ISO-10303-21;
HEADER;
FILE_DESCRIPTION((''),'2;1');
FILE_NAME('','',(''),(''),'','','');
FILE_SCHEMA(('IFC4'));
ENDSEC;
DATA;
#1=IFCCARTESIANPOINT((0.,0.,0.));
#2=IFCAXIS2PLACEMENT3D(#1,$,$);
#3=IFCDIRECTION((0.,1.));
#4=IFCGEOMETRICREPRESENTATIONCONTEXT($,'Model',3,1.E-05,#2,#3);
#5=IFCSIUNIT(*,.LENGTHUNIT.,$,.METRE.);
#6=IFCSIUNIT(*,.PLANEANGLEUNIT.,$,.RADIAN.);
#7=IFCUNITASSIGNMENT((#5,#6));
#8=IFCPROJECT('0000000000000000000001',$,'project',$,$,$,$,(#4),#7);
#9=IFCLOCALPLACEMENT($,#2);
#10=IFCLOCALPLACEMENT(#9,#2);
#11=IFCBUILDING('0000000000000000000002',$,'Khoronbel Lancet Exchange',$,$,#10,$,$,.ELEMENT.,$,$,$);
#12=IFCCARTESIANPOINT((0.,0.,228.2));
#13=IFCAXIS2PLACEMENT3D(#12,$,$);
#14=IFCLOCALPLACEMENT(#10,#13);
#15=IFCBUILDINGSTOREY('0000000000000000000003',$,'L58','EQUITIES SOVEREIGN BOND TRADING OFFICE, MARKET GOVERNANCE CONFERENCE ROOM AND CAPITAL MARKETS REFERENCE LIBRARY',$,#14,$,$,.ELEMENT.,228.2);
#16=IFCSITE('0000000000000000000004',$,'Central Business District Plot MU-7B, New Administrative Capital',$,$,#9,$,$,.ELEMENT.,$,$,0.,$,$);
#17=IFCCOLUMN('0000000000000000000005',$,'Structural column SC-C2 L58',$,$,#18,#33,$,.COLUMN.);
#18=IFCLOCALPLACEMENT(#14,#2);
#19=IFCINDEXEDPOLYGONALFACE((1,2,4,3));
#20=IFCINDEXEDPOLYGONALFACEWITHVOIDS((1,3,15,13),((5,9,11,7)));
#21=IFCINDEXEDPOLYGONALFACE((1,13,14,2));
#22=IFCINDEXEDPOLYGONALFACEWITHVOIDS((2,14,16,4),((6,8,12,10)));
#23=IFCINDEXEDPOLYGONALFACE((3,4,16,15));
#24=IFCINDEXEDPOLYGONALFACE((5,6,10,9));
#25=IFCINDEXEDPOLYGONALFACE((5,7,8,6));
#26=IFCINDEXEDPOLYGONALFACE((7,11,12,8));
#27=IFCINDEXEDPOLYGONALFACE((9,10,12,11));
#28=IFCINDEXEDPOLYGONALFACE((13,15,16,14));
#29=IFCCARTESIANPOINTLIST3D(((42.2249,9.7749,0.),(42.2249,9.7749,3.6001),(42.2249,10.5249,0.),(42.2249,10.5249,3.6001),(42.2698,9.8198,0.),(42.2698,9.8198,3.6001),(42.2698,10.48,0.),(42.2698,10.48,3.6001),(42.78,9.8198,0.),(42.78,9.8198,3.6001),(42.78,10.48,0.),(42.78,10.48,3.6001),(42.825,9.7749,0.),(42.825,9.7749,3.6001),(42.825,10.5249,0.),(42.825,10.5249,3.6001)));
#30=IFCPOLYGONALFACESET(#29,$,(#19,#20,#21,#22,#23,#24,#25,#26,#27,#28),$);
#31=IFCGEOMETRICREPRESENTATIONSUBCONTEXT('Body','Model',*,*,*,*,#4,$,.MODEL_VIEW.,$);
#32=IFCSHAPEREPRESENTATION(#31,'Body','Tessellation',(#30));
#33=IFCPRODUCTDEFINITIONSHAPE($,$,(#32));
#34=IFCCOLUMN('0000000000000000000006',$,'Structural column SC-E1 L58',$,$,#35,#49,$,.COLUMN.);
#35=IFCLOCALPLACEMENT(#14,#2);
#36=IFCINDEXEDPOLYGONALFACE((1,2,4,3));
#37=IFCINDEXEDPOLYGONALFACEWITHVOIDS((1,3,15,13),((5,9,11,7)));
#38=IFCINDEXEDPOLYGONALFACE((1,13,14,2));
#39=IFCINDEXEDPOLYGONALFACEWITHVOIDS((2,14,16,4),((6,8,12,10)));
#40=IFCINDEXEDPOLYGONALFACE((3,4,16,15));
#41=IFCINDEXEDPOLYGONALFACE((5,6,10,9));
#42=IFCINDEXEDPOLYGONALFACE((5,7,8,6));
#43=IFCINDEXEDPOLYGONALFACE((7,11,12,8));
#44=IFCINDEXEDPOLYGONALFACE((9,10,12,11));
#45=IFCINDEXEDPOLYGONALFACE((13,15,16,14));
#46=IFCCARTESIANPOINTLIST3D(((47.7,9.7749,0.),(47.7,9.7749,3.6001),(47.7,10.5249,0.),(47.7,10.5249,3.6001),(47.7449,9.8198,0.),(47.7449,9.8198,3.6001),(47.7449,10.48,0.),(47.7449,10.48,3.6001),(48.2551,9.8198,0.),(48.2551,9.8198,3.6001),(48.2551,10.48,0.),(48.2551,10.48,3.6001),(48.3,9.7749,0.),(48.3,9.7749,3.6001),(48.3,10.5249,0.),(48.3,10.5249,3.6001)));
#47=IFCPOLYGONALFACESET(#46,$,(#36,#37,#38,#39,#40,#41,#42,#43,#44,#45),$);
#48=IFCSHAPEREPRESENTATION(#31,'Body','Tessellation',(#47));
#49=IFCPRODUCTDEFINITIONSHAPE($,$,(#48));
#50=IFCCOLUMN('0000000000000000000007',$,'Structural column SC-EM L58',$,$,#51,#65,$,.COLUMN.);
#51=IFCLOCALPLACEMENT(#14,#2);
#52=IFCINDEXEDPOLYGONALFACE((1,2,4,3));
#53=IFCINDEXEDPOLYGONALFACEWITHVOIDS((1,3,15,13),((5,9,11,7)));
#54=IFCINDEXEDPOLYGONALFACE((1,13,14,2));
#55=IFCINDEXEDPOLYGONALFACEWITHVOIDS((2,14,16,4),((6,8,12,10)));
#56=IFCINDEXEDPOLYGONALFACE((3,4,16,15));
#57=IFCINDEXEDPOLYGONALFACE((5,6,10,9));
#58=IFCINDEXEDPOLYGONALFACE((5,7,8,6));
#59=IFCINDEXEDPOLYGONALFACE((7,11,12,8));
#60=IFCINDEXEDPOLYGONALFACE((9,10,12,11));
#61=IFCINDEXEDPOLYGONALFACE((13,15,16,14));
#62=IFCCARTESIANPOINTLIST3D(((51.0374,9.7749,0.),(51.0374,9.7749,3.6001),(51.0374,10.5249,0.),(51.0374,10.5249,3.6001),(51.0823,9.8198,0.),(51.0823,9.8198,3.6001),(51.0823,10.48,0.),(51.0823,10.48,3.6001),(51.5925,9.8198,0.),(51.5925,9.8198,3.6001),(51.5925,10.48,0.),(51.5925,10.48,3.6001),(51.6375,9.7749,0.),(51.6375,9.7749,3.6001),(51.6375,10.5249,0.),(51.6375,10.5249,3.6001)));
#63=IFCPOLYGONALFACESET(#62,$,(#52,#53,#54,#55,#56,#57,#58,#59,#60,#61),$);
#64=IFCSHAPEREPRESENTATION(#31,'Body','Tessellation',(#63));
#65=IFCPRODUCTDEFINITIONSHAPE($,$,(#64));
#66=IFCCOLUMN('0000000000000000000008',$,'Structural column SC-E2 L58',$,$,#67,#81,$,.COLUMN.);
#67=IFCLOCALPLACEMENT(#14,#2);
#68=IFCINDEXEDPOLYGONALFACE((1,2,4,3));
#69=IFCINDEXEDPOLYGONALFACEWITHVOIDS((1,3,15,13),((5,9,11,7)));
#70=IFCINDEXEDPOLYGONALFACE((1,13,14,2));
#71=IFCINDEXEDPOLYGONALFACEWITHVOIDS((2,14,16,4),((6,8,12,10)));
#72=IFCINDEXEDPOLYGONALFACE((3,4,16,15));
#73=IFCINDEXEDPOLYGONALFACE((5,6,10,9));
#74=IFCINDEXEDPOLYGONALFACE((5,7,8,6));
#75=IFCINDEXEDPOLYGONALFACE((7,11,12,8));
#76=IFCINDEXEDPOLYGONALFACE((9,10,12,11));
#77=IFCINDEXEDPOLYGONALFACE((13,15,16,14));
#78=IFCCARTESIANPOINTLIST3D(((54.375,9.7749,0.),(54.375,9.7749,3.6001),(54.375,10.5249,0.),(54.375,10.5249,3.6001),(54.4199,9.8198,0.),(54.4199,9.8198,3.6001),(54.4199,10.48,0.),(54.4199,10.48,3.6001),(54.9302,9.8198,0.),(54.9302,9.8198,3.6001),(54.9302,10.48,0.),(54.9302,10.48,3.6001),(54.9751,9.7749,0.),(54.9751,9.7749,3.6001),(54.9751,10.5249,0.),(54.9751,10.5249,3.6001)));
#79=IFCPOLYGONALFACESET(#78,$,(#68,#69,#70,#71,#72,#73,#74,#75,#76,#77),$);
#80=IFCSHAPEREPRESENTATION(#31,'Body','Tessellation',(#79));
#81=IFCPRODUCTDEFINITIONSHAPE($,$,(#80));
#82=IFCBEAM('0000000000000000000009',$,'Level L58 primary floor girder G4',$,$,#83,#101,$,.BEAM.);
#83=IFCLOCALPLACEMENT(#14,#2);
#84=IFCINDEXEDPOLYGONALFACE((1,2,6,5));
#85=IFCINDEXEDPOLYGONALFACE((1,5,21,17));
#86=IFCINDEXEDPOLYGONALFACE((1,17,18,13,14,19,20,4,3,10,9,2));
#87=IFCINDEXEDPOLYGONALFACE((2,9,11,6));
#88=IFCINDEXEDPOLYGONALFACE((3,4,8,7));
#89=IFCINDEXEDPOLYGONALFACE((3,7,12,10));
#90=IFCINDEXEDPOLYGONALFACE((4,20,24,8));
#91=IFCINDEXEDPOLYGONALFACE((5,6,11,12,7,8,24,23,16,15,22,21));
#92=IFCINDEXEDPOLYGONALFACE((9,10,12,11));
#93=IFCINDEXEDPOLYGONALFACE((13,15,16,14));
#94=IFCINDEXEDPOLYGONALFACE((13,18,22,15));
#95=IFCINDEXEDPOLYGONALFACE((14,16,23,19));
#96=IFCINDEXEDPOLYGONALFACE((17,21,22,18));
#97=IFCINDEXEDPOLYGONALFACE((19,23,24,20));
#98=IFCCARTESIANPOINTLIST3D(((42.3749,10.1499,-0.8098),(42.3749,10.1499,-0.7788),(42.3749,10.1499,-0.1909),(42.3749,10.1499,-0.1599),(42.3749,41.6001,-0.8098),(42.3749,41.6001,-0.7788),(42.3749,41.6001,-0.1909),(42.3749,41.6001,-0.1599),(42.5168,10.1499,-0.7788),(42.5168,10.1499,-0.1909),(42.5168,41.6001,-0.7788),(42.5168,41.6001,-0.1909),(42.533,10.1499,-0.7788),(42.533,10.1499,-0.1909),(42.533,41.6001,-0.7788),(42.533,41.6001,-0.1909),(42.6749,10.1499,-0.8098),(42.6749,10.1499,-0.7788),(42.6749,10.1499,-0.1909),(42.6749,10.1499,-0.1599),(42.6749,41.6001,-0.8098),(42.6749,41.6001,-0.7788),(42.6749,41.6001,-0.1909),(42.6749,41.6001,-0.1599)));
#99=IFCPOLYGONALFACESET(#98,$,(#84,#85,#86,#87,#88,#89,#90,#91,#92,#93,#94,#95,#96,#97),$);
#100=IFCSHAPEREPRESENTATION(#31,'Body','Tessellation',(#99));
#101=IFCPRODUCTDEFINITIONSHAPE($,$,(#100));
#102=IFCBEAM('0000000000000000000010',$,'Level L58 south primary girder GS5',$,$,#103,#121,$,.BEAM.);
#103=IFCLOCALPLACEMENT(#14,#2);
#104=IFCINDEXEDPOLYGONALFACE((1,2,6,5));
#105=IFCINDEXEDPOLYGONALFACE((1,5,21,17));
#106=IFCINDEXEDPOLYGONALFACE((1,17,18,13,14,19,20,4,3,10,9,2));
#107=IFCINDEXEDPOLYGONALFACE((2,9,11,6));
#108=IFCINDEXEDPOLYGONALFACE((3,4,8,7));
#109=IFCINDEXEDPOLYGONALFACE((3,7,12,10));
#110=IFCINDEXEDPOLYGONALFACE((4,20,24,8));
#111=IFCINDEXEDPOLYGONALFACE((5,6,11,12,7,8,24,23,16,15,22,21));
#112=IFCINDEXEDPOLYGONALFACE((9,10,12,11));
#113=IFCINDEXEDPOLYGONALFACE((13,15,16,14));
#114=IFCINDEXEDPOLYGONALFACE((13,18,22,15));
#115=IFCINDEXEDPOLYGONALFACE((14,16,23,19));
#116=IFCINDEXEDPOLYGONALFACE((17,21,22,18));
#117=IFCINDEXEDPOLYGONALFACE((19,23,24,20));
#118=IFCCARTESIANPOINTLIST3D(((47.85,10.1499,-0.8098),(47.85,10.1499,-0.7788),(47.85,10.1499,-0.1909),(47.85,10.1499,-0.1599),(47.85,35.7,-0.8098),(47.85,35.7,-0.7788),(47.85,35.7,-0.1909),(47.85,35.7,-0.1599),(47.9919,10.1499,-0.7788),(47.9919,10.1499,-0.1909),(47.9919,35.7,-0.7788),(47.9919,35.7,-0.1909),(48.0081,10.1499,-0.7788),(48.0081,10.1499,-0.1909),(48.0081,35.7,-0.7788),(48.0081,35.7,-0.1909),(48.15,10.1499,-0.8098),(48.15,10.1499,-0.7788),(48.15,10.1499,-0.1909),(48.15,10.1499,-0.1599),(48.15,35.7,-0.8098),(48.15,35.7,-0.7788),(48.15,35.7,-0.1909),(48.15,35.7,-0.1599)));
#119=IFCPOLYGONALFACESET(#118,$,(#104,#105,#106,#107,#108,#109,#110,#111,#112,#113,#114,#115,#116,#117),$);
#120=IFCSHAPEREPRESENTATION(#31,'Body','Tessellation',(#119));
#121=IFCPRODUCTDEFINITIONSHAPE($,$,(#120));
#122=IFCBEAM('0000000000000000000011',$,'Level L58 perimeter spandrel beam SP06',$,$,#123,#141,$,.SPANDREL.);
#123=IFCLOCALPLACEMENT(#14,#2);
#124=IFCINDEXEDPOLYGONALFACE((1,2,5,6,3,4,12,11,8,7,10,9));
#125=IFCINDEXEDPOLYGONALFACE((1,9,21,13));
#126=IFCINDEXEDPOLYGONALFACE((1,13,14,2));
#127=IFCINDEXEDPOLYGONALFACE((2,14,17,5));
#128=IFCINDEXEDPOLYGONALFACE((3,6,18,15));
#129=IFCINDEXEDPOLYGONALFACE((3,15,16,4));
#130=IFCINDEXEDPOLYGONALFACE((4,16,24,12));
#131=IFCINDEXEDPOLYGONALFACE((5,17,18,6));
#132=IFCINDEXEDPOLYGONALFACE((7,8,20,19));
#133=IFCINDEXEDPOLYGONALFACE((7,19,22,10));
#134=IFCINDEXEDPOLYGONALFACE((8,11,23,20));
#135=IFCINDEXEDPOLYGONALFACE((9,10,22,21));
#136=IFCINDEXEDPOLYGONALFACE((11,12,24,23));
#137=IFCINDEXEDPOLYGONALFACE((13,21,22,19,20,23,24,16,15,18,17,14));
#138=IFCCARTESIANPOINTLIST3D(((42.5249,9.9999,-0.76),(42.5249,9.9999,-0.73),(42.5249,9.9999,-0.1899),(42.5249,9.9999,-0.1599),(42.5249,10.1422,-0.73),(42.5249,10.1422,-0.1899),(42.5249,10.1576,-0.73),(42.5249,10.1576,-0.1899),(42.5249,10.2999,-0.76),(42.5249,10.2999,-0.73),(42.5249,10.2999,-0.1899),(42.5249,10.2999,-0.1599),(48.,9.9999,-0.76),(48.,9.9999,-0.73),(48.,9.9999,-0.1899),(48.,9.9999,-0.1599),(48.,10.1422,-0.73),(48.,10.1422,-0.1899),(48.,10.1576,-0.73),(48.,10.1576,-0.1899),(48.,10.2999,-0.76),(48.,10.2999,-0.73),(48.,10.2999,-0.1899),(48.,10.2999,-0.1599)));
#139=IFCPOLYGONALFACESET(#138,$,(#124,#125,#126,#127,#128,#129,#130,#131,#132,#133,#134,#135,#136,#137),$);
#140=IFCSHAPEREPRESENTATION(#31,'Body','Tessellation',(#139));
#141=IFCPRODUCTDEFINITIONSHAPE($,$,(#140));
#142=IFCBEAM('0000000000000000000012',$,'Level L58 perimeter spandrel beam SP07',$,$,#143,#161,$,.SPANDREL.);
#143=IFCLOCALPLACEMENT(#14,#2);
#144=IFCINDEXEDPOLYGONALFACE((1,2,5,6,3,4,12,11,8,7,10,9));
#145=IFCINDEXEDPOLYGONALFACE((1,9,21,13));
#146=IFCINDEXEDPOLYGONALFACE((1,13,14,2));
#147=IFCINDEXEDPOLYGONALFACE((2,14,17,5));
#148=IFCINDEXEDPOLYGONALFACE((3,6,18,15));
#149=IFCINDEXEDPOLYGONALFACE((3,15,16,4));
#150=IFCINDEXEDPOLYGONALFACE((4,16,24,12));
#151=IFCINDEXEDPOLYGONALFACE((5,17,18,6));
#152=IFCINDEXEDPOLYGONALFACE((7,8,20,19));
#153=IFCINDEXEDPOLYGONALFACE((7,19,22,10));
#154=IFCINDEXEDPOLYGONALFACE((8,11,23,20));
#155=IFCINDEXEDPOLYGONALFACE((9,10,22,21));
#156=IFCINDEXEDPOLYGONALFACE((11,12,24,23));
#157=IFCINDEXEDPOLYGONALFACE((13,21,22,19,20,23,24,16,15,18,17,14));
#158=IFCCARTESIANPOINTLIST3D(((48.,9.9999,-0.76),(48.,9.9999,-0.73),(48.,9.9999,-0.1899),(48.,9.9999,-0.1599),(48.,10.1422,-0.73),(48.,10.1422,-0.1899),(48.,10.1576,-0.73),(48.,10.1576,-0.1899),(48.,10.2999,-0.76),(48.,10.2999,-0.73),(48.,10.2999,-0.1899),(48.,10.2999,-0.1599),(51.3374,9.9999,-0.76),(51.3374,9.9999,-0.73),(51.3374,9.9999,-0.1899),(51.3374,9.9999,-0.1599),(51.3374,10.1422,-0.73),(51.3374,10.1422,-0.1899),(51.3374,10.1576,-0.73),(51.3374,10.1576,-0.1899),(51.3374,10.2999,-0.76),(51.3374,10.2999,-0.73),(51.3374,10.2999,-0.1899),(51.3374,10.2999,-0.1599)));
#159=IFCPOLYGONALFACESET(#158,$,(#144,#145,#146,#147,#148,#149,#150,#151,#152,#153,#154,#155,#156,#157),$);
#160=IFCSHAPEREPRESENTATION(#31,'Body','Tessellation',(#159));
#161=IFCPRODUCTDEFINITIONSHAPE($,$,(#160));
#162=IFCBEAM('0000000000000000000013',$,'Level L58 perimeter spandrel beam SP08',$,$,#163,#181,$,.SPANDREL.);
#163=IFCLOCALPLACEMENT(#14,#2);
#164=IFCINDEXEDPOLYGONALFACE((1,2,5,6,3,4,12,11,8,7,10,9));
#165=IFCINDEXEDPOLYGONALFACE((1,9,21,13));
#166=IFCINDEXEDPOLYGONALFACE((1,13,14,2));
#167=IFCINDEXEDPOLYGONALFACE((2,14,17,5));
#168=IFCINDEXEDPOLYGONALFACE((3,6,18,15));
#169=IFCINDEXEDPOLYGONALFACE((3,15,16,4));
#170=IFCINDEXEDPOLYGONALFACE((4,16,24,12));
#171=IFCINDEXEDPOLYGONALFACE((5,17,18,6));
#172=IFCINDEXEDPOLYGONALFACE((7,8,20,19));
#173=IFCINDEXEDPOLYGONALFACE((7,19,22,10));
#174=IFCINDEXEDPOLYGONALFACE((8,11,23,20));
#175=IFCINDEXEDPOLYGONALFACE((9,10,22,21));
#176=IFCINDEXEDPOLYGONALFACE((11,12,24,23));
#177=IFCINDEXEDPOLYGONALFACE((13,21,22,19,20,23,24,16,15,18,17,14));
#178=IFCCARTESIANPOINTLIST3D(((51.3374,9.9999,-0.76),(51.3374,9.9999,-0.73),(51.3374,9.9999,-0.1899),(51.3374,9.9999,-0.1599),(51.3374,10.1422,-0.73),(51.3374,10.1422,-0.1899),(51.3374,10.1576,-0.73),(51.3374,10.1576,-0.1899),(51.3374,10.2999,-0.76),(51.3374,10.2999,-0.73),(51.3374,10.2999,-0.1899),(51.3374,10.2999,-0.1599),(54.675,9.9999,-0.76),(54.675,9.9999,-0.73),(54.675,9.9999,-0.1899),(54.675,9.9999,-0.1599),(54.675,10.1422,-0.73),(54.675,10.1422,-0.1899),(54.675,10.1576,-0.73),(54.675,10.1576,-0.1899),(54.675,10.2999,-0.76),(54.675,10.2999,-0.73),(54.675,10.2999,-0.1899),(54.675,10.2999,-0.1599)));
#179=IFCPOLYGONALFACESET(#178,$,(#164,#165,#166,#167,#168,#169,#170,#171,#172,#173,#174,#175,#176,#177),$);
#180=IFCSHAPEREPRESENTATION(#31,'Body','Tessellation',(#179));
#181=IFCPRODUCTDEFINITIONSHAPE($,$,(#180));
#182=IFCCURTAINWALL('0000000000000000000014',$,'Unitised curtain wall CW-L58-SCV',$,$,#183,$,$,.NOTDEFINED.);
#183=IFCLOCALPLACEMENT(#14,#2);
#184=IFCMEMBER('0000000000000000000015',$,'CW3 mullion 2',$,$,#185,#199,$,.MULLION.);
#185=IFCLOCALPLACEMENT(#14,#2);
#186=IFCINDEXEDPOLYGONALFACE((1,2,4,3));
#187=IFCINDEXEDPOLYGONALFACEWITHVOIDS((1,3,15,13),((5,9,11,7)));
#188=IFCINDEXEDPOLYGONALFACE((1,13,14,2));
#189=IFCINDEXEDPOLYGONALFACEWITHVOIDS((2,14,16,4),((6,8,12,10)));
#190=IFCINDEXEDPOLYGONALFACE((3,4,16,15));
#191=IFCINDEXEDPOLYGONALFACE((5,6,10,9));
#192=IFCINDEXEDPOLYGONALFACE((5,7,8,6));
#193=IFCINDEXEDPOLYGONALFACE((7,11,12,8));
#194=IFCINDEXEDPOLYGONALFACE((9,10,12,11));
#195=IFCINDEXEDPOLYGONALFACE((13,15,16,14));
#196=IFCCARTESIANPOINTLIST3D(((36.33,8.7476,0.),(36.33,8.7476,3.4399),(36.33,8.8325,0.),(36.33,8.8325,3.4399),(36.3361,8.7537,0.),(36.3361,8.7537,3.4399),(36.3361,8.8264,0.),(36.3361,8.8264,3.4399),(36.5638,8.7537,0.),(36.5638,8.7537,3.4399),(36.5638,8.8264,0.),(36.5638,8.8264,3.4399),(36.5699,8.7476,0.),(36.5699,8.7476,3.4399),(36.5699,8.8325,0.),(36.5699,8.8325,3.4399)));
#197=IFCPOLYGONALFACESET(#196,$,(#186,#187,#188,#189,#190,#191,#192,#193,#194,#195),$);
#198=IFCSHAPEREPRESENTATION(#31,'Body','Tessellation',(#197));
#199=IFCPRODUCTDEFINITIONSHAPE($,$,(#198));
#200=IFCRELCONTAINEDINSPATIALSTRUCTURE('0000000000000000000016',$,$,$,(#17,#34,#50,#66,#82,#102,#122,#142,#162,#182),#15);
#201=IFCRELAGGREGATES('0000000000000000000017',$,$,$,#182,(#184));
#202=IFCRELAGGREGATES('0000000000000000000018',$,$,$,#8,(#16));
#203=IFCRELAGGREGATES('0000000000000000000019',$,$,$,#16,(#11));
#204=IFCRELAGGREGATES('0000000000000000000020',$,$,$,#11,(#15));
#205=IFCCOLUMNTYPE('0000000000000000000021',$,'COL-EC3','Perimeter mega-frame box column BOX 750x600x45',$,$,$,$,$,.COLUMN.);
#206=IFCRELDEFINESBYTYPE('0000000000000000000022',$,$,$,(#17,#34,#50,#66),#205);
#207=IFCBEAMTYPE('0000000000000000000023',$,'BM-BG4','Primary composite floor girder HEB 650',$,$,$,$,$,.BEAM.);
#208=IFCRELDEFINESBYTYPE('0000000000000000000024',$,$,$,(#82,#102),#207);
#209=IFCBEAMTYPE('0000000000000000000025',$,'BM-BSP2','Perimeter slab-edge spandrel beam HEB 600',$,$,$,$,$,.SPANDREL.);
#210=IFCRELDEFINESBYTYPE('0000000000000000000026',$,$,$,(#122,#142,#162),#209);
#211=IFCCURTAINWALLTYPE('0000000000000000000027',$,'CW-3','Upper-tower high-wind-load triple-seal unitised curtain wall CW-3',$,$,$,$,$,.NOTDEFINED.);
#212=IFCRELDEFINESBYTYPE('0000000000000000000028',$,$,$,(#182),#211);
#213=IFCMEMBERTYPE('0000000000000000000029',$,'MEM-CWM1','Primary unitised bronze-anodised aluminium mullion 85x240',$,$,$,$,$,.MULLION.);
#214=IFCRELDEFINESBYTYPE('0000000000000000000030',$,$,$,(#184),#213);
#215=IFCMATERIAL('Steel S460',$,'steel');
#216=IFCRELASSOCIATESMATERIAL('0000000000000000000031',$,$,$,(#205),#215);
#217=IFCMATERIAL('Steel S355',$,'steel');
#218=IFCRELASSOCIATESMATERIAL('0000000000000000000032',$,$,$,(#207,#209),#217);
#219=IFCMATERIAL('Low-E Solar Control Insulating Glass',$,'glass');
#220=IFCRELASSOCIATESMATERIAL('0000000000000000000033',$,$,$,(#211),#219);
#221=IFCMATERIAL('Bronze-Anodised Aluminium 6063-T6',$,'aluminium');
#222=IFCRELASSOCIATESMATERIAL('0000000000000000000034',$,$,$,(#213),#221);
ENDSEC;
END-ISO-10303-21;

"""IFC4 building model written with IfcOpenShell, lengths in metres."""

from ifc_helpers import new_model, si_unit, direction, frame, origin, origin_2d, place, context, subcontext, project, spatial, hollow_rectangle, i_section, extrude, material, material_profile, profile_set, type_object, element, aggregate, save


model = new_model("IFC4")

# Units and contexts
model_context = context("Model", 3, precision=1e-05, world=origin(), true_north=direction((0.0, 1.0)))
body_context = subcontext(model_context, "Body", "Model", "MODEL_VIEW")
ifc_project = project(units=[si_unit("LENGTHUNIT", "METRE"), si_unit("PLANEANGLEUNIT", "RADIAN")], contexts=[model_context])

# Site, building, storey
site_placement = place(None, origin())
site = spatial("IfcSite", under=ifc_project, at=site_placement, Name="Central Business District Plot MU-7B, New Administrative Capital", CompositionType="ELEMENT", RefElevation=0.0)
building_placement = place(site_placement, origin())
building = spatial("IfcBuilding", under=site, at=building_placement, Name="Khoronbel Lancet Exchange", CompositionType="ELEMENT")
storey_placement = place(building_placement, frame((0.0, 0.0, 228.2)))
storey = spatial("IfcBuildingStorey", under=building, at=storey_placement, Name="L58", Description="EQUITIES SOVEREIGN BOND TRADING OFFICE, MARKET GOVERNANCE CONFERENCE ROOM AND CAPITAL MARKETS REFERENCE LIBRARY", CompositionType="ELEMENT", Elevation=228.2)

# Columns
ifc_material_1 = material(Name="Steel S460", Category="steel")
ifc_material_profile_1 = material_profile(ifc_material_1, hollow_rectangle(XDim=0.6001, YDim=0.75, WallThickness=0.0449, at=origin_2d()), Name="BOX 750x600x45")
ifc_profile_set_1 = profile_set([ifc_material_profile_1], Name="Steel S460")
column_type = type_object("IfcColumnType", Name="COL-EC3", Description="Perimeter mega-frame box column BOX 750x600x45", PredefinedType="COLUMN", material=ifc_profile_set_1)
for number, where, z_axis, x_axis, name in (
    (1, (42.5249, 10.1499, 0.0), (0.0, 0.0, 1.0), (1.0, 0.0, 0.0), "Structural column SC-C2 L58"),
    (2, (48.0, 10.1499, 0.0), (0.0, 0.0, 1.0), (1.0, 0.0, 0.0), "Structural column SC-E1 L58"),
    (3, (51.3374, 10.1499, 0.0), (0.0, 0.0, 1.0), (1.0, 0.0, 0.0), "Structural column SC-EM L58"),
    (4, (54.675, 10.1499, 0.0), (0.0, 0.0, 1.0), (1.0, 0.0, 0.0), "Structural column SC-E2 L58"),
):
    element("IfcColumn", number, at=place(storey_placement, frame(where, z_axis=z_axis, x_axis=x_axis)), inside=storey, type_object=column_type, Name=name, PredefinedType="COLUMN", context=body_context, shape_type="SweptSolid", body=[
        extrude(hollow_rectangle(XDim=0.6001, YDim=0.75, WallThickness=0.0449, at=origin_2d()), origin(), (0.0, 0.0, 1.0), 3.6001),
    ])

# Beams
ifc_material_2 = material(Name="Steel S355", Category="steel")
ifc_material_profile_2 = material_profile(ifc_material_2, i_section(OverallWidth=0.3, OverallDepth=0.6499, WebThickness=0.0161, FlangeThickness=0.031, at=origin_2d()), Name="HEB 650")
ifc_profile_set_2 = profile_set([ifc_material_profile_2], Name="Steel S355")
beam_type_1 = type_object("IfcBeamType", Name="BM-BG4", Description="Primary composite floor girder HEB 650", PredefinedType="BEAM", material=ifc_profile_set_2)
beam_1_placement = place(storey_placement, frame((42.5249, 10.1499, -0.4849), z_axis=(0.0, 1.0, 0.0), x_axis=(-1.0, 0.0, 0.0)))
element("IfcBeam", 5, at=beam_1_placement, inside=storey, type_object=beam_type_1, Name="Level L58 primary floor girder G4", PredefinedType="BEAM", context=body_context, shape_type="SweptSolid", body=[
    extrude(i_section(OverallWidth=0.3, OverallDepth=0.6499, WebThickness=0.0161, FlangeThickness=0.031, at=origin_2d()), origin(), (0.0, 0.0, 1.0), 31.4502),
])
beam_2_placement = place(storey_placement, frame((48.0, 10.1499, -0.4849), z_axis=(0.0, 1.0, 0.0), x_axis=(-1.0, 0.0, 0.0)))
element("IfcBeam", 6, at=beam_2_placement, inside=storey, type_object=beam_type_1, Name="Level L58 south primary girder GS5", PredefinedType="BEAM", context=body_context, shape_type="SweptSolid", body=[
    extrude(i_section(OverallWidth=0.3, OverallDepth=0.6499, WebThickness=0.0161, FlangeThickness=0.031, at=origin_2d()), origin(), (0.0, 0.0, 1.0), 25.55),
])
ifc_material_profile_3 = material_profile(ifc_material_2, i_section(OverallWidth=0.3, OverallDepth=0.6001, WebThickness=0.0154, FlangeThickness=0.03, at=origin_2d()), Name="HEB 600")
ifc_profile_set_3 = profile_set([ifc_material_profile_3], Name="Steel S355")
beam_type_2 = type_object("IfcBeamType", Name="BM-BSP2", Description="Perimeter slab-edge spandrel beam HEB 600", PredefinedType="SPANDREL", material=ifc_profile_set_3)
beam_3_placement = place(storey_placement, frame((42.5249, 10.1499, -0.46), z_axis=(1.0, 0.0, 0.0), x_axis=(0.0, 1.0, 0.0)))
element("IfcBeam", 7, at=beam_3_placement, inside=storey, type_object=beam_type_2, Name="Level L58 perimeter spandrel beam SP06", PredefinedType="SPANDREL", context=body_context, shape_type="SweptSolid", body=[
    extrude(i_section(OverallWidth=0.3, OverallDepth=0.6001, WebThickness=0.0154, FlangeThickness=0.03, at=origin_2d()), origin(), (0.0, 0.0, 1.0), 5.4751),
])
beam_4_placement = place(storey_placement, frame((48.0, 10.1499, -0.46), z_axis=(1.0, 0.0, 0.0), x_axis=(0.0, 1.0, 0.0)))
element("IfcBeam", 8, at=beam_4_placement, inside=storey, type_object=beam_type_2, Name="Level L58 perimeter spandrel beam SP07", PredefinedType="SPANDREL", context=body_context, shape_type="SweptSolid", body=[
    extrude(i_section(OverallWidth=0.3, OverallDepth=0.6001, WebThickness=0.0154, FlangeThickness=0.03, at=origin_2d()), origin(), (0.0, 0.0, 1.0), 3.3374),
])
beam_5_placement = place(storey_placement, frame((51.3374, 10.1499, -0.46), z_axis=(1.0, 0.0, 0.0), x_axis=(0.0, 1.0, 0.0)))
element("IfcBeam", 9, at=beam_5_placement, inside=storey, type_object=beam_type_2, Name="Level L58 perimeter spandrel beam SP08", PredefinedType="SPANDREL", context=body_context, shape_type="SweptSolid", body=[
    extrude(i_section(OverallWidth=0.3, OverallDepth=0.6001, WebThickness=0.0154, FlangeThickness=0.03, at=origin_2d()), origin(), (0.0, 0.0, 1.0), 3.3376),
])

# Curtain wall, member
ifc_material_3 = material(Name="Low-E Solar Control Insulating Glass", Category="glass")
curtain_wall_type = type_object("IfcCurtainWallType", Name="CW-3", Description="Upper-tower high-wind-load triple-seal unitised curtain wall CW-3", PredefinedType="NOTDEFINED", material=ifc_material_3)
curtain_wall_1_placement = place(storey_placement, origin())
curtain_wall_1 = element("IfcCurtainWall", 10, at=curtain_wall_1_placement, inside=storey, type_object=curtain_wall_type, Name="Unitised curtain wall CW-L58-SCV", PredefinedType="NOTDEFINED")
ifc_material_4 = material(Name="Bronze-Anodised Aluminium 6063-T6", Category="aluminium")
ifc_material_profile_4 = material_profile(ifc_material_4, hollow_rectangle(XDim=0.085, YDim=0.24, WallThickness=0.0061, at=origin_2d()), Name="ALU MULLION 85x240")
ifc_profile_set_4 = profile_set([ifc_material_profile_4], Name="Bronze-Anodised Aluminium 6063-T6")
member_type_1 = type_object("IfcMemberType", Name="MEM-CWM1", Description="Primary unitised bronze-anodised aluminium mullion 85x240", PredefinedType="MULLION", material=ifc_profile_set_4)
member_1_placement = place(storey_placement, frame((36.45, 8.79, 0.0), z_axis=(0.0, 0.0, 1.0), x_axis=(0.0, 1.0, 0.0)))
member_1 = element("IfcMember", 11, at=member_1_placement, type_object=member_type_1, Name="CW3 mullion 2", PredefinedType="MULLION", context=body_context, shape_type="SweptSolid", body=[
    extrude(hollow_rectangle(XDim=0.085, YDim=0.24, WallThickness=0.0061, at=origin_2d()), origin(), (0.0, 0.0, 1.0), 3.4399),
])

aggregate(curtain_wall_1, [member_1])

save(model, "model.ifc")
